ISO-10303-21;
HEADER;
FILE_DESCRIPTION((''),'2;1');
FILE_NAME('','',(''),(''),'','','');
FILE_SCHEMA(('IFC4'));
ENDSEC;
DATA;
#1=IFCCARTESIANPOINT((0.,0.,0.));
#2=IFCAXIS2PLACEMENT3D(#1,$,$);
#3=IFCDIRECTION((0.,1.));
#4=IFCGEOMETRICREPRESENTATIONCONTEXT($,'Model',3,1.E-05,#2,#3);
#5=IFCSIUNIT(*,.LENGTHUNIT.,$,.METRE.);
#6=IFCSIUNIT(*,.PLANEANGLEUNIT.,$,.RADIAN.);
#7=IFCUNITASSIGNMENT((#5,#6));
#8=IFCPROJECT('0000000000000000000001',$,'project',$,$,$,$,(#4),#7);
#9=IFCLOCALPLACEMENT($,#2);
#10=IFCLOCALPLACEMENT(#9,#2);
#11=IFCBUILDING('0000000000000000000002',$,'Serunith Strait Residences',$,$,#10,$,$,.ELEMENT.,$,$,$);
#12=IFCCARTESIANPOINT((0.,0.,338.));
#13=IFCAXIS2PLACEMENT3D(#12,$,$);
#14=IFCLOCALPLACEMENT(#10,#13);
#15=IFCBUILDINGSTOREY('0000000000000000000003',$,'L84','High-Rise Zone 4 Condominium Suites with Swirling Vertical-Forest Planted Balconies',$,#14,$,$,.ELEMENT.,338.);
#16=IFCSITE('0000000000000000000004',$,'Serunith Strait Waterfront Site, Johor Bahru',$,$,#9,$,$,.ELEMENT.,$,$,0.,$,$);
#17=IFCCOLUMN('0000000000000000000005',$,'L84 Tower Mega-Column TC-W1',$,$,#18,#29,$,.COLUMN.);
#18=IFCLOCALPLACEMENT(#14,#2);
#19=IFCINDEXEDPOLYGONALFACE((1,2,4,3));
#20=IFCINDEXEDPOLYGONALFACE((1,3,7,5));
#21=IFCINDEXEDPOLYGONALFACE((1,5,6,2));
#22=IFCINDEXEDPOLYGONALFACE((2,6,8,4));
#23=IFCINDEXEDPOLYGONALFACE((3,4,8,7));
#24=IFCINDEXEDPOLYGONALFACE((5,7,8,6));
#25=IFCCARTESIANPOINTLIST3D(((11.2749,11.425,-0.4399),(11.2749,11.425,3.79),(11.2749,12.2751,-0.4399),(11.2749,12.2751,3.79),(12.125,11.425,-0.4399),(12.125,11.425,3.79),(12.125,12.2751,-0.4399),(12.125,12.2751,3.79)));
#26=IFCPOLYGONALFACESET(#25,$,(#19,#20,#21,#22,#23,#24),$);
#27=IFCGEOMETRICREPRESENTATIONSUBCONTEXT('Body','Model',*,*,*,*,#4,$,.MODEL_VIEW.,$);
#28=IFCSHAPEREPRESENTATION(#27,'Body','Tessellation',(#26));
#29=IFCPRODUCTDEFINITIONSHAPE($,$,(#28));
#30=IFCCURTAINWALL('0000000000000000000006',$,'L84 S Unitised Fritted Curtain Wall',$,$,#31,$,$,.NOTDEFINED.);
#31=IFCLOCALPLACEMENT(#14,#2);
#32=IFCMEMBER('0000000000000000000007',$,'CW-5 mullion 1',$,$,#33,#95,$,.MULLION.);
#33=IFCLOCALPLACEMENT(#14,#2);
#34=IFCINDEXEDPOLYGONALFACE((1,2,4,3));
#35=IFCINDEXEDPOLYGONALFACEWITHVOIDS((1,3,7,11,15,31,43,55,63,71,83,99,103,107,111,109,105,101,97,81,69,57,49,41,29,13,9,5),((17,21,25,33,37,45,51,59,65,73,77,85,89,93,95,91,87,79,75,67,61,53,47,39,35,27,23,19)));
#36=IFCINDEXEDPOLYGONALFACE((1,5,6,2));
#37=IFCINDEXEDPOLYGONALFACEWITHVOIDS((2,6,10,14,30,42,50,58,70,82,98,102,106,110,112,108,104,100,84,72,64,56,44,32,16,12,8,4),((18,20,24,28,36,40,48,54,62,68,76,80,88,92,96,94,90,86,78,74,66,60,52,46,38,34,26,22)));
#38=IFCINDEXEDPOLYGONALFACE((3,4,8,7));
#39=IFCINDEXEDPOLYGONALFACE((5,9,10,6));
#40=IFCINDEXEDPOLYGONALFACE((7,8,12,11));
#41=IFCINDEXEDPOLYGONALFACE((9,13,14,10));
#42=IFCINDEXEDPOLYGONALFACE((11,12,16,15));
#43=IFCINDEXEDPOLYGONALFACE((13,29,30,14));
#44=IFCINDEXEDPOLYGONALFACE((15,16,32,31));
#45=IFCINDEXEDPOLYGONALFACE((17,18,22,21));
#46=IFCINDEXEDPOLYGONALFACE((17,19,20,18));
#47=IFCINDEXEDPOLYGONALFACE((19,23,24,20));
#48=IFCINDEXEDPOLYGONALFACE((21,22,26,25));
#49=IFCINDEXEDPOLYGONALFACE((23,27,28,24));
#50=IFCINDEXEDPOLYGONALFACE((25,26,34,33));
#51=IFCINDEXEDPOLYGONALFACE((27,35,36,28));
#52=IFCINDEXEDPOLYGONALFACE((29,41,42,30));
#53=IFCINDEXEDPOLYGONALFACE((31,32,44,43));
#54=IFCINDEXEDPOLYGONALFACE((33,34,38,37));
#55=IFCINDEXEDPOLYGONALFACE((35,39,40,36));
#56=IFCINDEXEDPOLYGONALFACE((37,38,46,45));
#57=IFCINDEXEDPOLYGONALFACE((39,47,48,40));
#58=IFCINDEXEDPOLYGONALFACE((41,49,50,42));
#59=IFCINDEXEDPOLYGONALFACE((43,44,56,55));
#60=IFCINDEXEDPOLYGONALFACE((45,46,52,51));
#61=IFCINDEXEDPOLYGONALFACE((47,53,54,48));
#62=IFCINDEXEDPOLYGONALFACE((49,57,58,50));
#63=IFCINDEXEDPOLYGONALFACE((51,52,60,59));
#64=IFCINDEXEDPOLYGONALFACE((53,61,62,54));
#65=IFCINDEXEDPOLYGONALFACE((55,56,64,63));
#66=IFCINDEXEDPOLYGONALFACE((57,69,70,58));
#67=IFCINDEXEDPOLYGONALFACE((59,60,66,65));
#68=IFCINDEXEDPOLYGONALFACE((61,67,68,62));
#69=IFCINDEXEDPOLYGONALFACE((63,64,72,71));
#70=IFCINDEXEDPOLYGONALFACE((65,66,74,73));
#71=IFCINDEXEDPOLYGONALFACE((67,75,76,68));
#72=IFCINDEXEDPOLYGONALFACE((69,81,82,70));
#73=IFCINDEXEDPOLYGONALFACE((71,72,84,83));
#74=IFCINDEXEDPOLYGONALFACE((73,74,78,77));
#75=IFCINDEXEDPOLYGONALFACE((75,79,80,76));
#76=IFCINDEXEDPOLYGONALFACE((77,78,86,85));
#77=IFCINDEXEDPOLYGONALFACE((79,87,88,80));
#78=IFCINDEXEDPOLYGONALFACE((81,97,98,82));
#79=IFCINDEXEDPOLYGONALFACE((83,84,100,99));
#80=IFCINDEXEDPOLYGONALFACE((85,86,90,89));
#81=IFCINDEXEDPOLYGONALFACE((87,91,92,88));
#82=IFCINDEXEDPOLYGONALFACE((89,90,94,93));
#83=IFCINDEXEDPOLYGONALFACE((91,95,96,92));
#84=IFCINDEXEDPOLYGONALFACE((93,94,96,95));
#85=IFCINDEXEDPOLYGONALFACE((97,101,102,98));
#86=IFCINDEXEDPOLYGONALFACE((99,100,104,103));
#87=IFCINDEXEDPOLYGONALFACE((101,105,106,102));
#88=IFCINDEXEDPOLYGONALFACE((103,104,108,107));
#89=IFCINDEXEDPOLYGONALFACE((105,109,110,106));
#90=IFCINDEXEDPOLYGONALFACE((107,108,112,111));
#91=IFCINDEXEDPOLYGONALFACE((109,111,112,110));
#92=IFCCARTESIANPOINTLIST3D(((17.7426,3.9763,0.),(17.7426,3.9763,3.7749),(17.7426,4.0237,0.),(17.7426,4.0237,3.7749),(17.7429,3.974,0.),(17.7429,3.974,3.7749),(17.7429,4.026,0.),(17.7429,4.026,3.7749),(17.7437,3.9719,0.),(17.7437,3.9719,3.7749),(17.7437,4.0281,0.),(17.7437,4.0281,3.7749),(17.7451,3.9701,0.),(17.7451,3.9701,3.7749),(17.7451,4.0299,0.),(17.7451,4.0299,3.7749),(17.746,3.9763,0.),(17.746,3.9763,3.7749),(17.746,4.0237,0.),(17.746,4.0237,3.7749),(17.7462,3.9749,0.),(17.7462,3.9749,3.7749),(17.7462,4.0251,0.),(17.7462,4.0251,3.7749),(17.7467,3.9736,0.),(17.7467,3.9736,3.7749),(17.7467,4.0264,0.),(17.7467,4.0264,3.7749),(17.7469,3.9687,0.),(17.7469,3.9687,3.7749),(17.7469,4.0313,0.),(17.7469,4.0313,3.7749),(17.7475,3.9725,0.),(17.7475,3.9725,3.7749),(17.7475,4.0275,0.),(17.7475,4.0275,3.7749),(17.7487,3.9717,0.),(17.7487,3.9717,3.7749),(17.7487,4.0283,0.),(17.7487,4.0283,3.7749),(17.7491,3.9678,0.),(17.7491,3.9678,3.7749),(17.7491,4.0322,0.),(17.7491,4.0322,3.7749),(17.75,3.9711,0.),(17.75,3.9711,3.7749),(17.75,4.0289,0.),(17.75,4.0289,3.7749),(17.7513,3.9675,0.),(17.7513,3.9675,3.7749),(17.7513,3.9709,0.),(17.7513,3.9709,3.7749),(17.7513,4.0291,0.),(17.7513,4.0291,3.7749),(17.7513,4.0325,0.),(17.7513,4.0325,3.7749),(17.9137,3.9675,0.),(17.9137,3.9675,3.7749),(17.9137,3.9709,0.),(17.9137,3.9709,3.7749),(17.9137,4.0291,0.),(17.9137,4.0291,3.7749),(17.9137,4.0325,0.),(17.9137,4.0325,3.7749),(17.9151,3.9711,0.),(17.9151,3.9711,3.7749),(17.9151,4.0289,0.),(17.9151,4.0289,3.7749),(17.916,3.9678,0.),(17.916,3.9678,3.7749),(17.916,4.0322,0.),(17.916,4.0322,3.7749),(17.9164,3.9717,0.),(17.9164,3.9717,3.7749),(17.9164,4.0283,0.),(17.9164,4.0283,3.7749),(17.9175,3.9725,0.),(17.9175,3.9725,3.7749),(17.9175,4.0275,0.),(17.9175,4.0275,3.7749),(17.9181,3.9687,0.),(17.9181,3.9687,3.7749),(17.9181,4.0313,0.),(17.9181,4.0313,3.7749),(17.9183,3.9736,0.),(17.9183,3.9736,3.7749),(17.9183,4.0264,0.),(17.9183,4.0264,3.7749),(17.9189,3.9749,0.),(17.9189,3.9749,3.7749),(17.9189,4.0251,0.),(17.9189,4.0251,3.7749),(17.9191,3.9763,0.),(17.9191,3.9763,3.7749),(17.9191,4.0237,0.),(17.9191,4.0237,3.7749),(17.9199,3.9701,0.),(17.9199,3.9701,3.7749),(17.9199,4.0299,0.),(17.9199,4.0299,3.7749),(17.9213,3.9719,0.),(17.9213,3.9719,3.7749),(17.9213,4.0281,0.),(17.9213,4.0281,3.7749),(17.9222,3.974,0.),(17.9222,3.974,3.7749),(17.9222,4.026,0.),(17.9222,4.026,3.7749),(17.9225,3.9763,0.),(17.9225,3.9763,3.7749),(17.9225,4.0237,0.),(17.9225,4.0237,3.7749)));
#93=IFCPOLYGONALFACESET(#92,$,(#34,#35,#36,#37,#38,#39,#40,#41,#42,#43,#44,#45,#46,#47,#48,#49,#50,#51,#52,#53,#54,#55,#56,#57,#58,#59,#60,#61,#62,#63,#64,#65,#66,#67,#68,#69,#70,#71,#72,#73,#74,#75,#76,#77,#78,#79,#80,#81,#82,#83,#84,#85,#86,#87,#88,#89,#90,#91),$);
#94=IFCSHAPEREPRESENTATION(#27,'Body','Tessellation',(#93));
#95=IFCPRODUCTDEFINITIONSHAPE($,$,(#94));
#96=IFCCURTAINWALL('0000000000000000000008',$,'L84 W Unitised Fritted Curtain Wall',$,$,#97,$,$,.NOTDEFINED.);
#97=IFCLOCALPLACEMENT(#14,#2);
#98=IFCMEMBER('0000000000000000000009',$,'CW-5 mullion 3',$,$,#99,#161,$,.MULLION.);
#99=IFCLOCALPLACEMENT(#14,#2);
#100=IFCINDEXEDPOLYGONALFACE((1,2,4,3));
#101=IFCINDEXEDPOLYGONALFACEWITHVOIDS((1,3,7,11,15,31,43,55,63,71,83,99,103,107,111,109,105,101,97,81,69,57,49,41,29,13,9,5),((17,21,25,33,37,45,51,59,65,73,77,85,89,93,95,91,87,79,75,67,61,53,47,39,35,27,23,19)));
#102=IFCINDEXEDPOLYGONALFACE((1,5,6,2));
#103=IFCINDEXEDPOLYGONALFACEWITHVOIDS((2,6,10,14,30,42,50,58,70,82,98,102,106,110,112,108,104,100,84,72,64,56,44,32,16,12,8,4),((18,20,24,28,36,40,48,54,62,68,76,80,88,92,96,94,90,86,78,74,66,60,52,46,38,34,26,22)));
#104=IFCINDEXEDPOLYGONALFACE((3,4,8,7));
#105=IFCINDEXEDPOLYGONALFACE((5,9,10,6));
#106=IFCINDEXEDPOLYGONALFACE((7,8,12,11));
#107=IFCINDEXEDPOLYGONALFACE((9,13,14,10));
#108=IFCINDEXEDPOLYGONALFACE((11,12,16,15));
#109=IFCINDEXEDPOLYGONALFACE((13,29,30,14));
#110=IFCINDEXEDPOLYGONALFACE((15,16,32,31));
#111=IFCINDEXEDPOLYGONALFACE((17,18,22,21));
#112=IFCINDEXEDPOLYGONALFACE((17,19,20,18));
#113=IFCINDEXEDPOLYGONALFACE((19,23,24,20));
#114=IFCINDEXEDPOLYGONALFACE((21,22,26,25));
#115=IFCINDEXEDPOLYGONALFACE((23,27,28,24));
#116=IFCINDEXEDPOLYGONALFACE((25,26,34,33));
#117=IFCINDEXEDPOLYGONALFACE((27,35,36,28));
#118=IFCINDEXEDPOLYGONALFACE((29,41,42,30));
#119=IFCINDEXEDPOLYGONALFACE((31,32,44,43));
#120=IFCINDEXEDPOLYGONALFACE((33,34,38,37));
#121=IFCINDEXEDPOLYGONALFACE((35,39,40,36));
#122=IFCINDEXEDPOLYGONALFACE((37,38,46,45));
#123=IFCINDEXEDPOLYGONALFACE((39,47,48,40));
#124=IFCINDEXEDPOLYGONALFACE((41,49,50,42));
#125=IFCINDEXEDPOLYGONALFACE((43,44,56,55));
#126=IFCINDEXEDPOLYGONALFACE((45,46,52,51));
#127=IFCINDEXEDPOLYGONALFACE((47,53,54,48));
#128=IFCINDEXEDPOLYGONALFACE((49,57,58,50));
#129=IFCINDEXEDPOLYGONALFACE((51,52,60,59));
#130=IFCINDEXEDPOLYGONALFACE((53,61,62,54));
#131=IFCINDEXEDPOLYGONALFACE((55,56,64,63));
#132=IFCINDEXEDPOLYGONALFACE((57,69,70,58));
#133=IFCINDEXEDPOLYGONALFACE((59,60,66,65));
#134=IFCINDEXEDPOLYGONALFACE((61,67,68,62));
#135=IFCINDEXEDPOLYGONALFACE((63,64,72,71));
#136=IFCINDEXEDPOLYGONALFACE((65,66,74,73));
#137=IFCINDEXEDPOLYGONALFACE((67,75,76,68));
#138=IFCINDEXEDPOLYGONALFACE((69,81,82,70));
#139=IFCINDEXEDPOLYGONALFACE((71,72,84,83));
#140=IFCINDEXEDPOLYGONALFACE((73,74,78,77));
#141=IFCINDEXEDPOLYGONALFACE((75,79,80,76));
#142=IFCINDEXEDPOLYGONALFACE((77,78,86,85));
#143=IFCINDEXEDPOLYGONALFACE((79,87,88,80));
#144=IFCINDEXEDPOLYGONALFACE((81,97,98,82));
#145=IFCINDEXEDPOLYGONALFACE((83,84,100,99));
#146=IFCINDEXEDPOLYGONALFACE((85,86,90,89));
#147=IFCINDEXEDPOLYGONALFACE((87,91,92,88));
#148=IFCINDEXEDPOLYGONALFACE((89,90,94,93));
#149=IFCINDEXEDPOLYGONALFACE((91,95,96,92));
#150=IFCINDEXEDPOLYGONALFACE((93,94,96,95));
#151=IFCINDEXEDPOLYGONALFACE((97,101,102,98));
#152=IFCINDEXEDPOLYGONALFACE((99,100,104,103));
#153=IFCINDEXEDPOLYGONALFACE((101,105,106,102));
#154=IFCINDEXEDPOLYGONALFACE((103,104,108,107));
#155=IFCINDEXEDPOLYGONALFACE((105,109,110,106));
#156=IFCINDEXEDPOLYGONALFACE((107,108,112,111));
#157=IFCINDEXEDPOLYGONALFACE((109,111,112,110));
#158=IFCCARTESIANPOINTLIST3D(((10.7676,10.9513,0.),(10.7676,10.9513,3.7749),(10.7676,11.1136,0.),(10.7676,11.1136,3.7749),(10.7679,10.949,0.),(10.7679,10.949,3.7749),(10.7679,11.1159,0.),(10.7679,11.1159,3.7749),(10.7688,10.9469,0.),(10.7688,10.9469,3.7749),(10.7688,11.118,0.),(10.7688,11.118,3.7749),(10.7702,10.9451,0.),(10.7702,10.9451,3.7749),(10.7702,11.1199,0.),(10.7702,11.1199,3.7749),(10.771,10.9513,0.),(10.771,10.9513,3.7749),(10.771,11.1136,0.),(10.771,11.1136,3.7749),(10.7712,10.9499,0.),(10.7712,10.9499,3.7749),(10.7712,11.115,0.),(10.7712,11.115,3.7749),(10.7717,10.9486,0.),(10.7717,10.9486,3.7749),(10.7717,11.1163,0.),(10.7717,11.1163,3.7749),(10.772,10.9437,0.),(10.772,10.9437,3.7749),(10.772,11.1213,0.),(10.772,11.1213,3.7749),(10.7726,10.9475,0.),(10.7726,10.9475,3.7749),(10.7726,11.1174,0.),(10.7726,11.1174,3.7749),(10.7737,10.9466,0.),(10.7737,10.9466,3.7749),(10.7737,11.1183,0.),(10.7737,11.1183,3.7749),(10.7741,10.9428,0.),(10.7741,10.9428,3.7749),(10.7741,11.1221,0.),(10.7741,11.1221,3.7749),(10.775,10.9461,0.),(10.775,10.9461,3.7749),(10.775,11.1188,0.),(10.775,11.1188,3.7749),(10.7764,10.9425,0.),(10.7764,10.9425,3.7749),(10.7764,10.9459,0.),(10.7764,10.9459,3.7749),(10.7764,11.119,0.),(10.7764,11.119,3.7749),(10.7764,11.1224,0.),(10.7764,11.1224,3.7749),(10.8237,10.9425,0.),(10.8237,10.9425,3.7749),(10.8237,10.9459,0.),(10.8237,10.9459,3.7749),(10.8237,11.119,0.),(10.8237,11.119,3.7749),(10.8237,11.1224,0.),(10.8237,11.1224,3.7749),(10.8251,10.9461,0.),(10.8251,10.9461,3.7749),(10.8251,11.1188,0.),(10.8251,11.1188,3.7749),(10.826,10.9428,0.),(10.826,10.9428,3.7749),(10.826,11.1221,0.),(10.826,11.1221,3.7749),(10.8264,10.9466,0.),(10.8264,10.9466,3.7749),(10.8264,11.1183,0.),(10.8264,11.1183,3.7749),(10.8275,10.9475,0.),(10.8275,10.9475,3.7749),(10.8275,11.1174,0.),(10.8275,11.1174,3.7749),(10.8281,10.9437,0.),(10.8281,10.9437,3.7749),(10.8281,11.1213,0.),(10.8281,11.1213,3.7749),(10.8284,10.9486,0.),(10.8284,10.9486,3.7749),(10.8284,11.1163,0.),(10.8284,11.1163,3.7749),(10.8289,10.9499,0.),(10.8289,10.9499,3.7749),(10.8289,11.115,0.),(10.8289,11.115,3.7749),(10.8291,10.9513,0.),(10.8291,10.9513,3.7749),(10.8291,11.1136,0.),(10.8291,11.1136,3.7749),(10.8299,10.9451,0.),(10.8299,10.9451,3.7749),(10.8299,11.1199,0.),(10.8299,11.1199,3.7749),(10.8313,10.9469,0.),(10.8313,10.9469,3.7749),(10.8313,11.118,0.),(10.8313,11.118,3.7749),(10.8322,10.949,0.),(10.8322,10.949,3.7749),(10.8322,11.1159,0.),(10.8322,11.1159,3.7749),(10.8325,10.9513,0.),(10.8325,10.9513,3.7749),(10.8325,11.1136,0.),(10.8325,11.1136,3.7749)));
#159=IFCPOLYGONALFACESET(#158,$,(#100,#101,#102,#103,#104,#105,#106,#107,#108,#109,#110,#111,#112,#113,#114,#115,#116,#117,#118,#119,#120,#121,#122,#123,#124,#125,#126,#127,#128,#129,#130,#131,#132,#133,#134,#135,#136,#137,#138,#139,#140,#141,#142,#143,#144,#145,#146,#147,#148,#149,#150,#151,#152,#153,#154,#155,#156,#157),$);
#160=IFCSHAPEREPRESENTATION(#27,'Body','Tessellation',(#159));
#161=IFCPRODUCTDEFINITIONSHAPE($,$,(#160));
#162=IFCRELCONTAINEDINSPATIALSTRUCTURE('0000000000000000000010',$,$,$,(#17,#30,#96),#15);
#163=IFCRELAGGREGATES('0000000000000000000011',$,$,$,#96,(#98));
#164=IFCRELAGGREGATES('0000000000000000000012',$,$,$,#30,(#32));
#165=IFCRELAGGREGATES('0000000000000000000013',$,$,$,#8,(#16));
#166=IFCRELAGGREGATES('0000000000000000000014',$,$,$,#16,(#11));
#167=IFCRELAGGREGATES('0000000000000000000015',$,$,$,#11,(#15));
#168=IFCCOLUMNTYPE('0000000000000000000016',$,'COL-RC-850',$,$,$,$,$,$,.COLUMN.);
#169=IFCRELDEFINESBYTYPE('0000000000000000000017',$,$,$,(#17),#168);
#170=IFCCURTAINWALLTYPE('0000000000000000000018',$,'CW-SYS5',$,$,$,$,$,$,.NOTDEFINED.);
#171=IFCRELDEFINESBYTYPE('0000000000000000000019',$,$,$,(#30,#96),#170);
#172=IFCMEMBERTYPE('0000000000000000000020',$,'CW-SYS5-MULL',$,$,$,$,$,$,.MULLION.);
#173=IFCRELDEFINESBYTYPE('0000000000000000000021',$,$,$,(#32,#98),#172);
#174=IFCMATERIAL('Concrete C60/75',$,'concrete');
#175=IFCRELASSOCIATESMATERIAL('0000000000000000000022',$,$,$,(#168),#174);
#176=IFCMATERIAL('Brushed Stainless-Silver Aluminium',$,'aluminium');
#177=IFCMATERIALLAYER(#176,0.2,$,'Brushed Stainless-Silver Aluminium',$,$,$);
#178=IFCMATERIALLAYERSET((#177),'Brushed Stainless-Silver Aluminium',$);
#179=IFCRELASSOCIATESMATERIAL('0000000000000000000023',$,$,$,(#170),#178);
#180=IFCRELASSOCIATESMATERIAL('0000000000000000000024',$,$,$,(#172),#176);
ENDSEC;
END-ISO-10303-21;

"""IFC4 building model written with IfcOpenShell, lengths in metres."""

from ifc_helpers import new_model, si_unit, direction, frame, origin, origin_2d, place, context, subcontext, project, spatial, rectangle, hollow_rectangle, extrude, source, transform, mapped, material, layer, layer_set, material_profile, profile_set, type_object, element, aggregate, save


model = new_model("IFC4")

# Units and contexts
model_context = context("Model", 3, precision=1e-05, world=origin(), true_north=direction((0.0, 1.0)))
body_context = subcontext(model_context, "Body", "Model", "MODEL_VIEW")
ifc_project = project(units=[si_unit("LENGTHUNIT", "METRE"), si_unit("PLANEANGLEUNIT", "RADIAN")], contexts=[model_context])

# Site, building, storey
site_placement = place(None, origin())
site = spatial("IfcSite", under=ifc_project, at=site_placement, Name="Serunith Strait Waterfront Site, Johor Bahru", CompositionType="ELEMENT", RefElevation=0.0)
building_placement = place(site_placement, origin())
building = spatial("IfcBuilding", under=site, at=building_placement, Name="Serunith Strait Residences", CompositionType="ELEMENT")
storey_placement = place(building_placement, frame((0.0, 0.0, 338.0)))
storey = spatial("IfcBuildingStorey", under=building, at=storey_placement, Name="L84", Description="High-Rise Zone 4 Condominium Suites with Swirling Vertical-Forest Planted Balconies", CompositionType="ELEMENT", Elevation=338.0)

# Column
ifc_material_1 = material(Name="Concrete C60/75", Category="concrete")
ifc_material_profile_1 = material_profile(ifc_material_1, rectangle(XDim=0.8501, YDim=0.8501, at=origin_2d()), Name="RC 850x850")
ifc_profile_set_1 = profile_set([ifc_material_profile_1], Name="Concrete C60/75")
column_type = type_object("IfcColumnType", Name="COL-RC-850", PredefinedType="COLUMN", material=ifc_profile_set_1)
shared_shape_1 = source(origin(), body_context, "Body", "SweptSolid", [
    extrude(rectangle(XDim=0.8501, YDim=0.8501, at=origin_2d()), origin(), (0.0, 0.0, 1.0), 4.23),
])
column_placement = place(storey_placement, frame((11.7, 11.8501, -0.4399), z_axis=(0.0, 0.0, 1.0), x_axis=(1.0, 0.0, 0.0)))
element("IfcColumn", 1, at=column_placement, inside=storey, type_object=column_type, Name="L84 Tower Mega-Column TC-W1", PredefinedType="COLUMN", context=body_context, shape_type="MappedRepresentation", body=[
    mapped(shared_shape_1, transform((0.0, 0.0, 0.0), scale=1.0)),
])

# Curtain walls, members
ifc_material_2 = material(Name="Brushed Stainless-Silver Aluminium", Category="aluminium")
ifc_layer_1 = layer(ifc_material_2, 0.2, Name="Brushed Stainless-Silver Aluminium")
ifc_layer_set_1 = layer_set([ifc_layer_1], Name="Brushed Stainless-Silver Aluminium")
curtain_wall_type = type_object("IfcCurtainWallType", Name="CW-SYS5", PredefinedType="NOTDEFINED", material=ifc_layer_set_1)
curtain_wall_1_placement = place(storey_placement, origin())
curtain_wall_1 = element("IfcCurtainWall", 2, at=curtain_wall_1_placement, inside=storey, type_object=curtain_wall_type, Name="L84 S Unitised Fritted Curtain Wall", PredefinedType="NOTDEFINED")
ifc_material_profile_2 = material_profile(ifc_material_2, hollow_rectangle(XDim=0.0649, YDim=0.1799, WallThickness=0.0034, InnerFilletRadius=0.0054, OuterFilletRadius=0.0088, at=origin_2d()), Name="ALU 180x65x3.5")
ifc_profile_set_2 = profile_set([ifc_material_profile_2], Name="Brushed Stainless-Silver Aluminium")
member_type_1 = type_object("IfcMemberType", Name="CW-SYS5-MULL", PredefinedType="MULLION", material=ifc_profile_set_2)
shared_shape_2 = source(origin(), body_context, "Body", "SweptSolid", [
    extrude(hollow_rectangle(XDim=0.0649, YDim=0.1799, WallThickness=0.0034, InnerFilletRadius=0.0054, OuterFilletRadius=0.0088, at=origin_2d()), origin(), (0.0, 0.0, 1.0), 3.7749),
])
member_1_placement = place(storey_placement, frame((17.8325, 4.0, 0.0), z_axis=(0.0, 0.0, 1.0), x_axis=(0.0, 1.0, 0.0)))
member_1 = element("IfcMember", 3, at=member_1_placement, type_object=member_type_1, Name="CW-5 mullion 1", PredefinedType="MULLION", context=body_context, shape_type="MappedRepresentation", body=[
    mapped(shared_shape_2, transform((0.0, 0.0, 0.0), scale=1.0)),
])
curtain_wall_2_placement = place(storey_placement, origin())
curtain_wall_2 = element("IfcCurtainWall", 4, at=curtain_wall_2_placement, inside=storey, type_object=curtain_wall_type, Name="L84 W Unitised Fritted Curtain Wall", PredefinedType="NOTDEFINED")
member_2_placement = place(storey_placement, frame((10.8, 11.0325, 0.0), z_axis=(0.0, 0.0, 1.0), x_axis=(1.0, 0.0, 0.0)))
member_2 = element("IfcMember", 5, at=member_2_placement, type_object=member_type_1, Name="CW-5 mullion 3", PredefinedType="MULLION", context=body_context, shape_type="MappedRepresentation", body=[
    mapped(shared_shape_2, transform((0.0, 0.0, 0.0), scale=1.0)),
])
aggregate(curtain_wall_2, [member_2])

aggregate(curtain_wall_1, [member_1])

save(model, "model.ifc")
